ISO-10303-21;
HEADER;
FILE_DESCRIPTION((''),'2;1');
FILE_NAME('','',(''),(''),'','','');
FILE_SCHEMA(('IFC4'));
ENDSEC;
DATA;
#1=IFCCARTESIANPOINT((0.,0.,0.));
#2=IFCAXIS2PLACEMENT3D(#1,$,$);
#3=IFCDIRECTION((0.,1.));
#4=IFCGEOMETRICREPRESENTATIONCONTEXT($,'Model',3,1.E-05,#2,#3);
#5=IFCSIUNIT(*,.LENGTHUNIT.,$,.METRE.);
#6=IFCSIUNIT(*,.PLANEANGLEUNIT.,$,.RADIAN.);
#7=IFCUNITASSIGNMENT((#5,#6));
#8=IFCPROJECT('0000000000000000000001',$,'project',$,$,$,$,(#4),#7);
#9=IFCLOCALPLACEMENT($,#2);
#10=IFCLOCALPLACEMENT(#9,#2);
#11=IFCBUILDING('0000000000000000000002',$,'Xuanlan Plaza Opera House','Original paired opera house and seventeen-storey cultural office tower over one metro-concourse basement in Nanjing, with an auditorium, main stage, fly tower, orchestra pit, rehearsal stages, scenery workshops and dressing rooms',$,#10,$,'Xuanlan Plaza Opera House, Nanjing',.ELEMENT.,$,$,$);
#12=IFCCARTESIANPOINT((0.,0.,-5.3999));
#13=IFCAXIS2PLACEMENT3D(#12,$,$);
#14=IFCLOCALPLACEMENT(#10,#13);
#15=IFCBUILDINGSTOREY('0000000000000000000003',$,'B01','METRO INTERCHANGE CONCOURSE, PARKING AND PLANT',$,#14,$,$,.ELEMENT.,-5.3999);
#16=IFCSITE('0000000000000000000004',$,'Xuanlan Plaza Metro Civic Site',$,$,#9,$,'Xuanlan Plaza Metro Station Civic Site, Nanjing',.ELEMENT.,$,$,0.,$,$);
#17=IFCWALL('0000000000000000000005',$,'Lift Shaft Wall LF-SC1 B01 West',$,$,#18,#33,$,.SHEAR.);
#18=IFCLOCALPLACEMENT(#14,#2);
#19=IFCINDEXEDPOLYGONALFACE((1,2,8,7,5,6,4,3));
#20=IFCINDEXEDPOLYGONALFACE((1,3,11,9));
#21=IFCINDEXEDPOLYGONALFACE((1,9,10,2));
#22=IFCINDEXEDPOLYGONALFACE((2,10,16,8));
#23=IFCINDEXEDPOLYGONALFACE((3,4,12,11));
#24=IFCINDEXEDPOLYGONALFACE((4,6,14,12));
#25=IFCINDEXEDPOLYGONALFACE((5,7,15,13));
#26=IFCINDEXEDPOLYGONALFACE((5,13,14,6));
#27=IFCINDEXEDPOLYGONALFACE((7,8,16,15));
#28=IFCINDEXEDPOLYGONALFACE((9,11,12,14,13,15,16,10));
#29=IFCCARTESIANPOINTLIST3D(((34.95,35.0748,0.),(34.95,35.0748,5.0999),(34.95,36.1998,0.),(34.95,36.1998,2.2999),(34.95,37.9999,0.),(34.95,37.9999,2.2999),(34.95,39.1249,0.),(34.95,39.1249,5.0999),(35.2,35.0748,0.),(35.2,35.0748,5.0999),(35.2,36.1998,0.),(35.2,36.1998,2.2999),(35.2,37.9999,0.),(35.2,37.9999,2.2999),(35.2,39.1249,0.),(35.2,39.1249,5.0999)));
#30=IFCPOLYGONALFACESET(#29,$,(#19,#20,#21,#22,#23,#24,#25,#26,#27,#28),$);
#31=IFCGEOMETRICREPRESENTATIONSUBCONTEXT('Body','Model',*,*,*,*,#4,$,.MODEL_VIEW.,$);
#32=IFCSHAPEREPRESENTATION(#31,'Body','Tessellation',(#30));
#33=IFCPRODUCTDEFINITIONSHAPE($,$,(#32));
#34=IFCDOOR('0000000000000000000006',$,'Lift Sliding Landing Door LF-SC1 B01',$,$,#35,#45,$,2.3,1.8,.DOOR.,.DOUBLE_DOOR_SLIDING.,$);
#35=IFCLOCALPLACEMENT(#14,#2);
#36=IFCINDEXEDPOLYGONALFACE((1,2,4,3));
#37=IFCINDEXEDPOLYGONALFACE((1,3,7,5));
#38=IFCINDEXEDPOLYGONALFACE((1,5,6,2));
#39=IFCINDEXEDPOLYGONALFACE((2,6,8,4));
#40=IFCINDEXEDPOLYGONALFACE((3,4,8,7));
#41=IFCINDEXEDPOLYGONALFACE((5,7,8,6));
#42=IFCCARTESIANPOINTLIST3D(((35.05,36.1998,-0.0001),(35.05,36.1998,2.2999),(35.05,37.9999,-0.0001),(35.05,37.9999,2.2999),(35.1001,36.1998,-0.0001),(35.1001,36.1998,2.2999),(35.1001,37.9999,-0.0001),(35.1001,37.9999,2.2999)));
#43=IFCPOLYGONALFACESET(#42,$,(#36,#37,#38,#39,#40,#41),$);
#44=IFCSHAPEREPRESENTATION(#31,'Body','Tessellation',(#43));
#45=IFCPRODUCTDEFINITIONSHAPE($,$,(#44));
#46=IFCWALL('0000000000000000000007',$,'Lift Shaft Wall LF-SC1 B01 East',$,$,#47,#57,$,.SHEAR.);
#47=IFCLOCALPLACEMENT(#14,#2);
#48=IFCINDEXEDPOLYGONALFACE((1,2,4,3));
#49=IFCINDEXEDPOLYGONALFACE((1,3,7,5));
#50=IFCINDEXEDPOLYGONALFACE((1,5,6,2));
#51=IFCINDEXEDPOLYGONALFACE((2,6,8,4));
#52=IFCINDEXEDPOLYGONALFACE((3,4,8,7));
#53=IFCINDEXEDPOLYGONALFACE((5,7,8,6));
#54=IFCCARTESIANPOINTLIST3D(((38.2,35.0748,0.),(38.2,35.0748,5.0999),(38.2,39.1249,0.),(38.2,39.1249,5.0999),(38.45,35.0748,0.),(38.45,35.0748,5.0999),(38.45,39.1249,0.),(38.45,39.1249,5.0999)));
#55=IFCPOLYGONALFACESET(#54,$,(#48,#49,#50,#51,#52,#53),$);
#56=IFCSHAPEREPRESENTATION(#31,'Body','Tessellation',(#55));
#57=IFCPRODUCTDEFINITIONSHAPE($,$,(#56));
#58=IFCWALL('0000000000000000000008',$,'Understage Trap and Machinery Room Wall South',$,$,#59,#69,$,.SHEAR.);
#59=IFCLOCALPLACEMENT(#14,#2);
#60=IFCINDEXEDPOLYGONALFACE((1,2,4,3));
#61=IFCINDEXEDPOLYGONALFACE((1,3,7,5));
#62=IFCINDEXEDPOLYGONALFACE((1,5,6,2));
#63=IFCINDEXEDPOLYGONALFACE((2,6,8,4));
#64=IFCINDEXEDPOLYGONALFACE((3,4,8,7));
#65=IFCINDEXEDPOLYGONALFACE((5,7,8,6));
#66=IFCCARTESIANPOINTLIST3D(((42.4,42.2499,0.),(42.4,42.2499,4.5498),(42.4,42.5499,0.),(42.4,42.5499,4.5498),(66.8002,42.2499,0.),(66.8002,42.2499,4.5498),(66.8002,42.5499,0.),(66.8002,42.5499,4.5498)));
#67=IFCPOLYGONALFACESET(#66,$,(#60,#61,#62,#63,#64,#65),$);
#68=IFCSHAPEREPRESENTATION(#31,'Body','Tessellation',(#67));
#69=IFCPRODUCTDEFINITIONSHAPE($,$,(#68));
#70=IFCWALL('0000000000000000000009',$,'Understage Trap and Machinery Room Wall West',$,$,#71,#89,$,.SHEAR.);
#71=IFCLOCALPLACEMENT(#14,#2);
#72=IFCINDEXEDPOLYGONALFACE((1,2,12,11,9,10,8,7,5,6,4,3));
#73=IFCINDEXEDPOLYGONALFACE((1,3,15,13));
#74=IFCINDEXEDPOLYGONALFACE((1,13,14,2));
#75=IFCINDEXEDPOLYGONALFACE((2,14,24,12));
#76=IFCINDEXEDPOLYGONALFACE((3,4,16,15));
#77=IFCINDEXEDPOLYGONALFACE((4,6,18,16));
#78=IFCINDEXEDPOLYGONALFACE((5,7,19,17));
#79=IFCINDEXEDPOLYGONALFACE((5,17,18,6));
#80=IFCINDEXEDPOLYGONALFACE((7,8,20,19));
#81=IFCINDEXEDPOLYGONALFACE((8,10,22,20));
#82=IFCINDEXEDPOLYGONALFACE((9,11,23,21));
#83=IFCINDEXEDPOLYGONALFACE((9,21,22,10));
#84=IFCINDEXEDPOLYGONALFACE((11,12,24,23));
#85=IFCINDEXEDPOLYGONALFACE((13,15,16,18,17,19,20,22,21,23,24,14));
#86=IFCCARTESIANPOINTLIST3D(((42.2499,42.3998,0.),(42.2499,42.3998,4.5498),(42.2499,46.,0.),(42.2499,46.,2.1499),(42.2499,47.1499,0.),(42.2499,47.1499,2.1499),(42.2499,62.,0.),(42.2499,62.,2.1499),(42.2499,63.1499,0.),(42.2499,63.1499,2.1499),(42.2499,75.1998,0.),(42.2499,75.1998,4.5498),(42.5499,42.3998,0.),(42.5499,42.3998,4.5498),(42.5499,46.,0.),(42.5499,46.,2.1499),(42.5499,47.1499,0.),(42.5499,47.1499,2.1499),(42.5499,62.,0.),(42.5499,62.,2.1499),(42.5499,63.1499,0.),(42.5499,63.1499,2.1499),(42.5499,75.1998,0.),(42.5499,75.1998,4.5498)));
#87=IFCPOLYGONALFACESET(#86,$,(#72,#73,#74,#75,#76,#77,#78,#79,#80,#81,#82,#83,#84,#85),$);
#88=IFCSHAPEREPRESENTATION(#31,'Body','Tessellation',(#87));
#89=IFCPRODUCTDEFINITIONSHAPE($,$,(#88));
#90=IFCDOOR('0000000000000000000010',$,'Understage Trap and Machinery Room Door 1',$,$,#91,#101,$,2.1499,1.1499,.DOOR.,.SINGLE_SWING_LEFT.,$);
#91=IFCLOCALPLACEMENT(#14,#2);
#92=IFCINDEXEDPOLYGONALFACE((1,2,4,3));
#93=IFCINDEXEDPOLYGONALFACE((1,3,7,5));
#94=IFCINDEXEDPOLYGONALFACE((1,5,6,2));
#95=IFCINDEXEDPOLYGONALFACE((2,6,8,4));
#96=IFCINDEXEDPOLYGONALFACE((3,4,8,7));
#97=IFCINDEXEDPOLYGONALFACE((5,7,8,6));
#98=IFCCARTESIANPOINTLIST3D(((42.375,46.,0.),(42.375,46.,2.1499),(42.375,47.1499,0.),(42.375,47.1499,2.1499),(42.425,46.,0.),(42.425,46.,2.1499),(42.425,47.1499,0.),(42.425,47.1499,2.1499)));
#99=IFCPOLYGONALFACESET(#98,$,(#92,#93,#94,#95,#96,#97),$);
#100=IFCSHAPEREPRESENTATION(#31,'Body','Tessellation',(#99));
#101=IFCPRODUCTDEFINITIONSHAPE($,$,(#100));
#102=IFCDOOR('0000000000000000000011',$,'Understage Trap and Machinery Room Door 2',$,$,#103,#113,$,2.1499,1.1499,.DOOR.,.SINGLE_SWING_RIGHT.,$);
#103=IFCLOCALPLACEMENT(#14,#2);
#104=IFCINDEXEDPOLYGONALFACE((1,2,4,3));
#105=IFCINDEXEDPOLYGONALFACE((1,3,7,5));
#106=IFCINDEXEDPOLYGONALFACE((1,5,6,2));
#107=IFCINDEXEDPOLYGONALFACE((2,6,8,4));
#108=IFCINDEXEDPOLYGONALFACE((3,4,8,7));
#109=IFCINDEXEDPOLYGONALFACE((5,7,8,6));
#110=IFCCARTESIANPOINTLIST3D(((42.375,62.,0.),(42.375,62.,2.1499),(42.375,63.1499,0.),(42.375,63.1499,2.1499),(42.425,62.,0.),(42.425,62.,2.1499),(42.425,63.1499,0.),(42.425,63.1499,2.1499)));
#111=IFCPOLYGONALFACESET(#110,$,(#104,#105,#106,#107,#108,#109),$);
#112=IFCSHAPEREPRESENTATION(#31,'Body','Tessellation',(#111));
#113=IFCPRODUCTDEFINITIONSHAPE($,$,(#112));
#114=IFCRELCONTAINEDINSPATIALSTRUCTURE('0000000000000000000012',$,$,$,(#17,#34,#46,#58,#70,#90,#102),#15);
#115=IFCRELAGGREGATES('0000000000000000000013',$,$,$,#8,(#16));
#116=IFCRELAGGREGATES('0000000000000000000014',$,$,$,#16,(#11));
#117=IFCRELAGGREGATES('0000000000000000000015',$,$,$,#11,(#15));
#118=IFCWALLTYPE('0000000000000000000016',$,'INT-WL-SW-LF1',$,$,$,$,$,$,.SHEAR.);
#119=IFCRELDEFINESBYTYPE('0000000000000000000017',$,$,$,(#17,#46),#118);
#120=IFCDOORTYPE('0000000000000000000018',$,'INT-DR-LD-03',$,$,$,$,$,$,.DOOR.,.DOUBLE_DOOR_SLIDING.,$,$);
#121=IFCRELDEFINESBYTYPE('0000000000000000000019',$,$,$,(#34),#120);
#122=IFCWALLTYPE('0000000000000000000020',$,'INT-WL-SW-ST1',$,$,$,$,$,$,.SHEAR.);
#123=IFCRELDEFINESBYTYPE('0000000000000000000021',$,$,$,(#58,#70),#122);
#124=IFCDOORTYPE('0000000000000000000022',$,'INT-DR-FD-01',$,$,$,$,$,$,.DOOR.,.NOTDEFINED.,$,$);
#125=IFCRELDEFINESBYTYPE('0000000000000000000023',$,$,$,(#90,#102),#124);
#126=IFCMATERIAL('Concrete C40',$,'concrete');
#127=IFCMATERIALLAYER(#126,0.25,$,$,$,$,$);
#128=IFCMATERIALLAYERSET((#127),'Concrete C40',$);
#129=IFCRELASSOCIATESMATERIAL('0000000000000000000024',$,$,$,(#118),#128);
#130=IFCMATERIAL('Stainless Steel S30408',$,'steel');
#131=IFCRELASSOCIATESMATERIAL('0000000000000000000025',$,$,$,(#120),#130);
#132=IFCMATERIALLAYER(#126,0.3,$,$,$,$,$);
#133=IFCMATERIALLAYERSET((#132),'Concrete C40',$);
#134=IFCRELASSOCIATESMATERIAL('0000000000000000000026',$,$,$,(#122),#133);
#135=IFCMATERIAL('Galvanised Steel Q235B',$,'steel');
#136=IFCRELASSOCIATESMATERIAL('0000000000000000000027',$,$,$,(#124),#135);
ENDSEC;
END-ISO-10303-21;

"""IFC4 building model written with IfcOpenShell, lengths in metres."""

from ifc_helpers import new_model, si_unit, direction, frame, frame_2d, origin, place, context, subcontext, project, spatial, rectangle, extrude, material, layer, layer_set, type_object, element, fill, save


model = new_model("IFC4")

# Units and contexts
model_context = context("Model", 3, precision=1e-05, world=origin(), true_north=direction((0.0, 1.0)))
body_context = subcontext(model_context, "Body", "Model", "MODEL_VIEW")
ifc_project = project(units=[si_unit("LENGTHUNIT", "METRE"), si_unit("PLANEANGLEUNIT", "RADIAN")], contexts=[model_context])

# Site, building, storey
site_placement = place(None, origin())
site = spatial("IfcSite", under=ifc_project, at=site_placement, Name="Xuanlan Plaza Metro Civic Site", LongName="Xuanlan Plaza Metro Station Civic Site, Nanjing", CompositionType="ELEMENT", RefElevation=0.0)
building_placement = place(site_placement, origin())
building = spatial("IfcBuilding", under=site, at=building_placement, Name="Xuanlan Plaza Opera House", Description="Original paired opera house and seventeen-storey cultural office tower over one metro-concourse basement in Nanjing, with an auditorium, main stage, fly tower, orchestra pit, rehearsal stages, scenery workshops and dressing rooms", LongName="Xuanlan Plaza Opera House, Nanjing", CompositionType="ELEMENT")
storey_placement = place(building_placement, frame((0.0, 0.0, -5.3999)))
storey = spatial("IfcBuildingStorey", under=building, at=storey_placement, Name="B01", Description="METRO INTERCHANGE CONCOURSE, PARKING AND PLANT", CompositionType="ELEMENT", Elevation=-5.3999)

# Shared definitions
ifc_material_1 = material(Name="Concrete C40", Category="concrete")

# Shared definitions
ifc_layer_1 = layer(ifc_material_1, 0.25)
ifc_layer_set_1 = layer_set([ifc_layer_1], Name="Concrete C40")
wall_type_1 = type_object("IfcWallType", Name="INT-WL-SW-LF1", PredefinedType="SHEAR", material=ifc_layer_set_1)

# Wall, opening, door
wall_1_placement = place(storey_placement, frame((35.075, 35.075, 0.0), z_axis=(0.0, 0.0, 1.0), x_axis=(0.0, 1.0, 0.0)))
wall_1 = element("IfcWall", 1, at=wall_1_placement, inside=storey, type_object=wall_type_1, Name="Lift Shaft Wall LF-SC1 B01 West", PredefinedType="SHEAR", context=body_context, shape_type="SweptSolid", body=[
    extrude(rectangle(XDim=4.05, YDim=0.25, at=frame_2d((2.0249, 0.0))), origin(), (0.0, 0.0, 1.0), 5.0999),
])
opening_1_placement = place(wall_1_placement, frame((1.125, 0.0, 0.0)))
opening_1 = element("IfcOpeningElement", 2, at=opening_1_placement, cuts=wall_1, PredefinedType="OPENING", context=body_context, shape_type="SweptSolid", body=[
    extrude(rectangle(XDim=1.8, YDim=2.3, at=frame_2d((0.8999, 1.1499))), frame((0.0, 0.135, 0.0), z_axis=(0.0, -1.0, 0.0), x_axis=(1.0, 0.0, 0.0)), (0.0, 0.0, 1.0), 0.27),
])
ifc_material_2 = material(Name="Stainless Steel S30408", Category="steel")
door_type_1 = type_object("IfcDoorType", Name="INT-DR-LD-03", OperationType="DOUBLE_DOOR_SLIDING", PredefinedType="DOOR", material=ifc_material_2)
door_1_placement = place(opening_1_placement, origin())
door_1 = element("IfcDoor", 3, at=door_1_placement, inside=storey, type_object=door_type_1, Name="Lift Sliding Landing Door LF-SC1 B01", OperationType="DOUBLE_DOOR_SLIDING", OverallHeight=2.3, OverallWidth=1.8, PredefinedType="DOOR", context=body_context, shape_type="SweptSolid", body=[
    extrude(rectangle(XDim=1.8, YDim=2.3, at=frame_2d((0.8999, 1.1499))), frame((0.0, 0.0249, 0.0), z_axis=(0.0, -1.0, 0.0), x_axis=(1.0, 0.0, 0.0)), (0.0, 0.0, 1.0), 0.05),
])
fill(opening_1, door_1)

# Walls
wall_2_placement = place(storey_placement, frame((38.325, 35.075, 0.0), z_axis=(0.0, 0.0, 1.0), x_axis=(0.0, 1.0, 0.0)))
element("IfcWall", 4, at=wall_2_placement, inside=storey, type_object=wall_type_1, Name="Lift Shaft Wall LF-SC1 B01 East", PredefinedType="SHEAR", context=body_context, shape_type="SweptSolid", body=[
    extrude(rectangle(XDim=4.05, YDim=0.25, at=frame_2d((2.0249, 0.0))), origin(), (0.0, 0.0, 1.0), 5.0999),
])
ifc_layer_2 = layer(ifc_material_1, 0.3)
ifc_layer_set_2 = layer_set([ifc_layer_2], Name="Concrete C40")
wall_type_2 = type_object("IfcWallType", Name="INT-WL-SW-ST1", PredefinedType="SHEAR", material=ifc_layer_set_2)
wall_3_placement = place(storey_placement, frame((42.3999, 42.3999, 0.0), z_axis=(0.0, 0.0, 1.0), x_axis=(1.0, 0.0, 0.0)))
element("IfcWall", 5, at=wall_3_placement, inside=storey, type_object=wall_type_2, Name="Understage Trap and Machinery Room Wall South", PredefinedType="SHEAR", context=body_context, shape_type="SweptSolid", body=[
    extrude(rectangle(XDim=24.4001, YDim=0.3, at=frame_2d((12.2002, 0.0))), origin(), (0.0, 0.0, 1.0), 4.5498),
])

# Wall, openings, doors
wall_4_placement = place(storey_placement, frame((42.3999, 42.3999, 0.0), z_axis=(0.0, 0.0, 1.0), x_axis=(0.0, 1.0, 0.0)))
wall_4 = element("IfcWall", 6, at=wall_4_placement, inside=storey, type_object=wall_type_2, Name="Understage Trap and Machinery Room Wall West", PredefinedType="SHEAR", context=body_context, shape_type="SweptSolid", body=[
    extrude(rectangle(XDim=32.8, YDim=0.3, at=frame_2d((16.3999, 0.0))), origin(), (0.0, 0.0, 1.0), 4.5498),
])
opening_2_placement = place(wall_4_placement, frame((3.6001, 0.0, 0.0)))
opening_2 = element("IfcOpeningElement", 7, at=opening_2_placement, cuts=wall_4, PredefinedType="OPENING", context=body_context, shape_type="SweptSolid", body=[
    extrude(rectangle(XDim=1.1499, YDim=2.1499, at=frame_2d((0.575, 1.075))), frame((0.0, 0.1599, 0.0), z_axis=(0.0, -1.0, 0.0), x_axis=(1.0, 0.0, 0.0)), (0.0, 0.0, 1.0), 0.3201),
])
opening_3_placement = place(wall_4_placement, frame((19.6001, 0.0, 0.0)))
opening_3 = element("IfcOpeningElement", 8, at=opening_3_placement, cuts=wall_4, PredefinedType="OPENING", context=body_context, shape_type="SweptSolid", body=[
    extrude(rectangle(XDim=1.1499, YDim=2.1499, at=frame_2d((0.575, 1.075))), frame((0.0, 0.1599, 0.0), z_axis=(0.0, -1.0, 0.0), x_axis=(1.0, 0.0, 0.0)), (0.0, 0.0, 1.0), 0.3201),
])
ifc_material_3 = material(Name="Galvanised Steel Q235B", Category="steel")
door_type_2 = type_object("IfcDoorType", Name="INT-DR-FD-01", OperationType="NOTDEFINED", PredefinedType="DOOR", material=ifc_material_3)
door_2_placement = place(opening_2_placement, origin())
door_2 = element("IfcDoor", 9, at=door_2_placement, inside=storey, type_object=door_type_2, Name="Understage Trap and Machinery Room Door 1", OperationType="SINGLE_SWING_LEFT", OverallHeight=2.1499, OverallWidth=1.1499, PredefinedType="DOOR", context=body_context, shape_type="SweptSolid", body=[
    extrude(rectangle(XDim=1.1499, YDim=2.1499, at=frame_2d((0.575, 1.075))), frame((0.0, 0.0249, 0.0), z_axis=(0.0, -1.0, 0.0), x_axis=(1.0, 0.0, 0.0)), (0.0, 0.0, 1.0), 0.05),
])
fill(opening_2, door_2)
door_3_placement = place(opening_3_placement, origin())
door_3 = element("IfcDoor", 10, at=door_3_placement, inside=storey, type_object=door_type_2, Name="Understage Trap and Machinery Room Door 2", OperationType="SINGLE_SWING_RIGHT", OverallHeight=2.1499, OverallWidth=1.1499, PredefinedType="DOOR", context=body_context, shape_type="SweptSolid", body=[
    extrude(rectangle(XDim=1.1499, YDim=2.1499, at=frame_2d((0.575, 1.075))), frame((0.0, 0.0249, 0.0), z_axis=(0.0, -1.0, 0.0), x_axis=(1.0, 0.0, 0.0)), (0.0, 0.0, 1.0), 0.05),
])
fill(opening_3, door_3)

save(model, "model.ifc")
